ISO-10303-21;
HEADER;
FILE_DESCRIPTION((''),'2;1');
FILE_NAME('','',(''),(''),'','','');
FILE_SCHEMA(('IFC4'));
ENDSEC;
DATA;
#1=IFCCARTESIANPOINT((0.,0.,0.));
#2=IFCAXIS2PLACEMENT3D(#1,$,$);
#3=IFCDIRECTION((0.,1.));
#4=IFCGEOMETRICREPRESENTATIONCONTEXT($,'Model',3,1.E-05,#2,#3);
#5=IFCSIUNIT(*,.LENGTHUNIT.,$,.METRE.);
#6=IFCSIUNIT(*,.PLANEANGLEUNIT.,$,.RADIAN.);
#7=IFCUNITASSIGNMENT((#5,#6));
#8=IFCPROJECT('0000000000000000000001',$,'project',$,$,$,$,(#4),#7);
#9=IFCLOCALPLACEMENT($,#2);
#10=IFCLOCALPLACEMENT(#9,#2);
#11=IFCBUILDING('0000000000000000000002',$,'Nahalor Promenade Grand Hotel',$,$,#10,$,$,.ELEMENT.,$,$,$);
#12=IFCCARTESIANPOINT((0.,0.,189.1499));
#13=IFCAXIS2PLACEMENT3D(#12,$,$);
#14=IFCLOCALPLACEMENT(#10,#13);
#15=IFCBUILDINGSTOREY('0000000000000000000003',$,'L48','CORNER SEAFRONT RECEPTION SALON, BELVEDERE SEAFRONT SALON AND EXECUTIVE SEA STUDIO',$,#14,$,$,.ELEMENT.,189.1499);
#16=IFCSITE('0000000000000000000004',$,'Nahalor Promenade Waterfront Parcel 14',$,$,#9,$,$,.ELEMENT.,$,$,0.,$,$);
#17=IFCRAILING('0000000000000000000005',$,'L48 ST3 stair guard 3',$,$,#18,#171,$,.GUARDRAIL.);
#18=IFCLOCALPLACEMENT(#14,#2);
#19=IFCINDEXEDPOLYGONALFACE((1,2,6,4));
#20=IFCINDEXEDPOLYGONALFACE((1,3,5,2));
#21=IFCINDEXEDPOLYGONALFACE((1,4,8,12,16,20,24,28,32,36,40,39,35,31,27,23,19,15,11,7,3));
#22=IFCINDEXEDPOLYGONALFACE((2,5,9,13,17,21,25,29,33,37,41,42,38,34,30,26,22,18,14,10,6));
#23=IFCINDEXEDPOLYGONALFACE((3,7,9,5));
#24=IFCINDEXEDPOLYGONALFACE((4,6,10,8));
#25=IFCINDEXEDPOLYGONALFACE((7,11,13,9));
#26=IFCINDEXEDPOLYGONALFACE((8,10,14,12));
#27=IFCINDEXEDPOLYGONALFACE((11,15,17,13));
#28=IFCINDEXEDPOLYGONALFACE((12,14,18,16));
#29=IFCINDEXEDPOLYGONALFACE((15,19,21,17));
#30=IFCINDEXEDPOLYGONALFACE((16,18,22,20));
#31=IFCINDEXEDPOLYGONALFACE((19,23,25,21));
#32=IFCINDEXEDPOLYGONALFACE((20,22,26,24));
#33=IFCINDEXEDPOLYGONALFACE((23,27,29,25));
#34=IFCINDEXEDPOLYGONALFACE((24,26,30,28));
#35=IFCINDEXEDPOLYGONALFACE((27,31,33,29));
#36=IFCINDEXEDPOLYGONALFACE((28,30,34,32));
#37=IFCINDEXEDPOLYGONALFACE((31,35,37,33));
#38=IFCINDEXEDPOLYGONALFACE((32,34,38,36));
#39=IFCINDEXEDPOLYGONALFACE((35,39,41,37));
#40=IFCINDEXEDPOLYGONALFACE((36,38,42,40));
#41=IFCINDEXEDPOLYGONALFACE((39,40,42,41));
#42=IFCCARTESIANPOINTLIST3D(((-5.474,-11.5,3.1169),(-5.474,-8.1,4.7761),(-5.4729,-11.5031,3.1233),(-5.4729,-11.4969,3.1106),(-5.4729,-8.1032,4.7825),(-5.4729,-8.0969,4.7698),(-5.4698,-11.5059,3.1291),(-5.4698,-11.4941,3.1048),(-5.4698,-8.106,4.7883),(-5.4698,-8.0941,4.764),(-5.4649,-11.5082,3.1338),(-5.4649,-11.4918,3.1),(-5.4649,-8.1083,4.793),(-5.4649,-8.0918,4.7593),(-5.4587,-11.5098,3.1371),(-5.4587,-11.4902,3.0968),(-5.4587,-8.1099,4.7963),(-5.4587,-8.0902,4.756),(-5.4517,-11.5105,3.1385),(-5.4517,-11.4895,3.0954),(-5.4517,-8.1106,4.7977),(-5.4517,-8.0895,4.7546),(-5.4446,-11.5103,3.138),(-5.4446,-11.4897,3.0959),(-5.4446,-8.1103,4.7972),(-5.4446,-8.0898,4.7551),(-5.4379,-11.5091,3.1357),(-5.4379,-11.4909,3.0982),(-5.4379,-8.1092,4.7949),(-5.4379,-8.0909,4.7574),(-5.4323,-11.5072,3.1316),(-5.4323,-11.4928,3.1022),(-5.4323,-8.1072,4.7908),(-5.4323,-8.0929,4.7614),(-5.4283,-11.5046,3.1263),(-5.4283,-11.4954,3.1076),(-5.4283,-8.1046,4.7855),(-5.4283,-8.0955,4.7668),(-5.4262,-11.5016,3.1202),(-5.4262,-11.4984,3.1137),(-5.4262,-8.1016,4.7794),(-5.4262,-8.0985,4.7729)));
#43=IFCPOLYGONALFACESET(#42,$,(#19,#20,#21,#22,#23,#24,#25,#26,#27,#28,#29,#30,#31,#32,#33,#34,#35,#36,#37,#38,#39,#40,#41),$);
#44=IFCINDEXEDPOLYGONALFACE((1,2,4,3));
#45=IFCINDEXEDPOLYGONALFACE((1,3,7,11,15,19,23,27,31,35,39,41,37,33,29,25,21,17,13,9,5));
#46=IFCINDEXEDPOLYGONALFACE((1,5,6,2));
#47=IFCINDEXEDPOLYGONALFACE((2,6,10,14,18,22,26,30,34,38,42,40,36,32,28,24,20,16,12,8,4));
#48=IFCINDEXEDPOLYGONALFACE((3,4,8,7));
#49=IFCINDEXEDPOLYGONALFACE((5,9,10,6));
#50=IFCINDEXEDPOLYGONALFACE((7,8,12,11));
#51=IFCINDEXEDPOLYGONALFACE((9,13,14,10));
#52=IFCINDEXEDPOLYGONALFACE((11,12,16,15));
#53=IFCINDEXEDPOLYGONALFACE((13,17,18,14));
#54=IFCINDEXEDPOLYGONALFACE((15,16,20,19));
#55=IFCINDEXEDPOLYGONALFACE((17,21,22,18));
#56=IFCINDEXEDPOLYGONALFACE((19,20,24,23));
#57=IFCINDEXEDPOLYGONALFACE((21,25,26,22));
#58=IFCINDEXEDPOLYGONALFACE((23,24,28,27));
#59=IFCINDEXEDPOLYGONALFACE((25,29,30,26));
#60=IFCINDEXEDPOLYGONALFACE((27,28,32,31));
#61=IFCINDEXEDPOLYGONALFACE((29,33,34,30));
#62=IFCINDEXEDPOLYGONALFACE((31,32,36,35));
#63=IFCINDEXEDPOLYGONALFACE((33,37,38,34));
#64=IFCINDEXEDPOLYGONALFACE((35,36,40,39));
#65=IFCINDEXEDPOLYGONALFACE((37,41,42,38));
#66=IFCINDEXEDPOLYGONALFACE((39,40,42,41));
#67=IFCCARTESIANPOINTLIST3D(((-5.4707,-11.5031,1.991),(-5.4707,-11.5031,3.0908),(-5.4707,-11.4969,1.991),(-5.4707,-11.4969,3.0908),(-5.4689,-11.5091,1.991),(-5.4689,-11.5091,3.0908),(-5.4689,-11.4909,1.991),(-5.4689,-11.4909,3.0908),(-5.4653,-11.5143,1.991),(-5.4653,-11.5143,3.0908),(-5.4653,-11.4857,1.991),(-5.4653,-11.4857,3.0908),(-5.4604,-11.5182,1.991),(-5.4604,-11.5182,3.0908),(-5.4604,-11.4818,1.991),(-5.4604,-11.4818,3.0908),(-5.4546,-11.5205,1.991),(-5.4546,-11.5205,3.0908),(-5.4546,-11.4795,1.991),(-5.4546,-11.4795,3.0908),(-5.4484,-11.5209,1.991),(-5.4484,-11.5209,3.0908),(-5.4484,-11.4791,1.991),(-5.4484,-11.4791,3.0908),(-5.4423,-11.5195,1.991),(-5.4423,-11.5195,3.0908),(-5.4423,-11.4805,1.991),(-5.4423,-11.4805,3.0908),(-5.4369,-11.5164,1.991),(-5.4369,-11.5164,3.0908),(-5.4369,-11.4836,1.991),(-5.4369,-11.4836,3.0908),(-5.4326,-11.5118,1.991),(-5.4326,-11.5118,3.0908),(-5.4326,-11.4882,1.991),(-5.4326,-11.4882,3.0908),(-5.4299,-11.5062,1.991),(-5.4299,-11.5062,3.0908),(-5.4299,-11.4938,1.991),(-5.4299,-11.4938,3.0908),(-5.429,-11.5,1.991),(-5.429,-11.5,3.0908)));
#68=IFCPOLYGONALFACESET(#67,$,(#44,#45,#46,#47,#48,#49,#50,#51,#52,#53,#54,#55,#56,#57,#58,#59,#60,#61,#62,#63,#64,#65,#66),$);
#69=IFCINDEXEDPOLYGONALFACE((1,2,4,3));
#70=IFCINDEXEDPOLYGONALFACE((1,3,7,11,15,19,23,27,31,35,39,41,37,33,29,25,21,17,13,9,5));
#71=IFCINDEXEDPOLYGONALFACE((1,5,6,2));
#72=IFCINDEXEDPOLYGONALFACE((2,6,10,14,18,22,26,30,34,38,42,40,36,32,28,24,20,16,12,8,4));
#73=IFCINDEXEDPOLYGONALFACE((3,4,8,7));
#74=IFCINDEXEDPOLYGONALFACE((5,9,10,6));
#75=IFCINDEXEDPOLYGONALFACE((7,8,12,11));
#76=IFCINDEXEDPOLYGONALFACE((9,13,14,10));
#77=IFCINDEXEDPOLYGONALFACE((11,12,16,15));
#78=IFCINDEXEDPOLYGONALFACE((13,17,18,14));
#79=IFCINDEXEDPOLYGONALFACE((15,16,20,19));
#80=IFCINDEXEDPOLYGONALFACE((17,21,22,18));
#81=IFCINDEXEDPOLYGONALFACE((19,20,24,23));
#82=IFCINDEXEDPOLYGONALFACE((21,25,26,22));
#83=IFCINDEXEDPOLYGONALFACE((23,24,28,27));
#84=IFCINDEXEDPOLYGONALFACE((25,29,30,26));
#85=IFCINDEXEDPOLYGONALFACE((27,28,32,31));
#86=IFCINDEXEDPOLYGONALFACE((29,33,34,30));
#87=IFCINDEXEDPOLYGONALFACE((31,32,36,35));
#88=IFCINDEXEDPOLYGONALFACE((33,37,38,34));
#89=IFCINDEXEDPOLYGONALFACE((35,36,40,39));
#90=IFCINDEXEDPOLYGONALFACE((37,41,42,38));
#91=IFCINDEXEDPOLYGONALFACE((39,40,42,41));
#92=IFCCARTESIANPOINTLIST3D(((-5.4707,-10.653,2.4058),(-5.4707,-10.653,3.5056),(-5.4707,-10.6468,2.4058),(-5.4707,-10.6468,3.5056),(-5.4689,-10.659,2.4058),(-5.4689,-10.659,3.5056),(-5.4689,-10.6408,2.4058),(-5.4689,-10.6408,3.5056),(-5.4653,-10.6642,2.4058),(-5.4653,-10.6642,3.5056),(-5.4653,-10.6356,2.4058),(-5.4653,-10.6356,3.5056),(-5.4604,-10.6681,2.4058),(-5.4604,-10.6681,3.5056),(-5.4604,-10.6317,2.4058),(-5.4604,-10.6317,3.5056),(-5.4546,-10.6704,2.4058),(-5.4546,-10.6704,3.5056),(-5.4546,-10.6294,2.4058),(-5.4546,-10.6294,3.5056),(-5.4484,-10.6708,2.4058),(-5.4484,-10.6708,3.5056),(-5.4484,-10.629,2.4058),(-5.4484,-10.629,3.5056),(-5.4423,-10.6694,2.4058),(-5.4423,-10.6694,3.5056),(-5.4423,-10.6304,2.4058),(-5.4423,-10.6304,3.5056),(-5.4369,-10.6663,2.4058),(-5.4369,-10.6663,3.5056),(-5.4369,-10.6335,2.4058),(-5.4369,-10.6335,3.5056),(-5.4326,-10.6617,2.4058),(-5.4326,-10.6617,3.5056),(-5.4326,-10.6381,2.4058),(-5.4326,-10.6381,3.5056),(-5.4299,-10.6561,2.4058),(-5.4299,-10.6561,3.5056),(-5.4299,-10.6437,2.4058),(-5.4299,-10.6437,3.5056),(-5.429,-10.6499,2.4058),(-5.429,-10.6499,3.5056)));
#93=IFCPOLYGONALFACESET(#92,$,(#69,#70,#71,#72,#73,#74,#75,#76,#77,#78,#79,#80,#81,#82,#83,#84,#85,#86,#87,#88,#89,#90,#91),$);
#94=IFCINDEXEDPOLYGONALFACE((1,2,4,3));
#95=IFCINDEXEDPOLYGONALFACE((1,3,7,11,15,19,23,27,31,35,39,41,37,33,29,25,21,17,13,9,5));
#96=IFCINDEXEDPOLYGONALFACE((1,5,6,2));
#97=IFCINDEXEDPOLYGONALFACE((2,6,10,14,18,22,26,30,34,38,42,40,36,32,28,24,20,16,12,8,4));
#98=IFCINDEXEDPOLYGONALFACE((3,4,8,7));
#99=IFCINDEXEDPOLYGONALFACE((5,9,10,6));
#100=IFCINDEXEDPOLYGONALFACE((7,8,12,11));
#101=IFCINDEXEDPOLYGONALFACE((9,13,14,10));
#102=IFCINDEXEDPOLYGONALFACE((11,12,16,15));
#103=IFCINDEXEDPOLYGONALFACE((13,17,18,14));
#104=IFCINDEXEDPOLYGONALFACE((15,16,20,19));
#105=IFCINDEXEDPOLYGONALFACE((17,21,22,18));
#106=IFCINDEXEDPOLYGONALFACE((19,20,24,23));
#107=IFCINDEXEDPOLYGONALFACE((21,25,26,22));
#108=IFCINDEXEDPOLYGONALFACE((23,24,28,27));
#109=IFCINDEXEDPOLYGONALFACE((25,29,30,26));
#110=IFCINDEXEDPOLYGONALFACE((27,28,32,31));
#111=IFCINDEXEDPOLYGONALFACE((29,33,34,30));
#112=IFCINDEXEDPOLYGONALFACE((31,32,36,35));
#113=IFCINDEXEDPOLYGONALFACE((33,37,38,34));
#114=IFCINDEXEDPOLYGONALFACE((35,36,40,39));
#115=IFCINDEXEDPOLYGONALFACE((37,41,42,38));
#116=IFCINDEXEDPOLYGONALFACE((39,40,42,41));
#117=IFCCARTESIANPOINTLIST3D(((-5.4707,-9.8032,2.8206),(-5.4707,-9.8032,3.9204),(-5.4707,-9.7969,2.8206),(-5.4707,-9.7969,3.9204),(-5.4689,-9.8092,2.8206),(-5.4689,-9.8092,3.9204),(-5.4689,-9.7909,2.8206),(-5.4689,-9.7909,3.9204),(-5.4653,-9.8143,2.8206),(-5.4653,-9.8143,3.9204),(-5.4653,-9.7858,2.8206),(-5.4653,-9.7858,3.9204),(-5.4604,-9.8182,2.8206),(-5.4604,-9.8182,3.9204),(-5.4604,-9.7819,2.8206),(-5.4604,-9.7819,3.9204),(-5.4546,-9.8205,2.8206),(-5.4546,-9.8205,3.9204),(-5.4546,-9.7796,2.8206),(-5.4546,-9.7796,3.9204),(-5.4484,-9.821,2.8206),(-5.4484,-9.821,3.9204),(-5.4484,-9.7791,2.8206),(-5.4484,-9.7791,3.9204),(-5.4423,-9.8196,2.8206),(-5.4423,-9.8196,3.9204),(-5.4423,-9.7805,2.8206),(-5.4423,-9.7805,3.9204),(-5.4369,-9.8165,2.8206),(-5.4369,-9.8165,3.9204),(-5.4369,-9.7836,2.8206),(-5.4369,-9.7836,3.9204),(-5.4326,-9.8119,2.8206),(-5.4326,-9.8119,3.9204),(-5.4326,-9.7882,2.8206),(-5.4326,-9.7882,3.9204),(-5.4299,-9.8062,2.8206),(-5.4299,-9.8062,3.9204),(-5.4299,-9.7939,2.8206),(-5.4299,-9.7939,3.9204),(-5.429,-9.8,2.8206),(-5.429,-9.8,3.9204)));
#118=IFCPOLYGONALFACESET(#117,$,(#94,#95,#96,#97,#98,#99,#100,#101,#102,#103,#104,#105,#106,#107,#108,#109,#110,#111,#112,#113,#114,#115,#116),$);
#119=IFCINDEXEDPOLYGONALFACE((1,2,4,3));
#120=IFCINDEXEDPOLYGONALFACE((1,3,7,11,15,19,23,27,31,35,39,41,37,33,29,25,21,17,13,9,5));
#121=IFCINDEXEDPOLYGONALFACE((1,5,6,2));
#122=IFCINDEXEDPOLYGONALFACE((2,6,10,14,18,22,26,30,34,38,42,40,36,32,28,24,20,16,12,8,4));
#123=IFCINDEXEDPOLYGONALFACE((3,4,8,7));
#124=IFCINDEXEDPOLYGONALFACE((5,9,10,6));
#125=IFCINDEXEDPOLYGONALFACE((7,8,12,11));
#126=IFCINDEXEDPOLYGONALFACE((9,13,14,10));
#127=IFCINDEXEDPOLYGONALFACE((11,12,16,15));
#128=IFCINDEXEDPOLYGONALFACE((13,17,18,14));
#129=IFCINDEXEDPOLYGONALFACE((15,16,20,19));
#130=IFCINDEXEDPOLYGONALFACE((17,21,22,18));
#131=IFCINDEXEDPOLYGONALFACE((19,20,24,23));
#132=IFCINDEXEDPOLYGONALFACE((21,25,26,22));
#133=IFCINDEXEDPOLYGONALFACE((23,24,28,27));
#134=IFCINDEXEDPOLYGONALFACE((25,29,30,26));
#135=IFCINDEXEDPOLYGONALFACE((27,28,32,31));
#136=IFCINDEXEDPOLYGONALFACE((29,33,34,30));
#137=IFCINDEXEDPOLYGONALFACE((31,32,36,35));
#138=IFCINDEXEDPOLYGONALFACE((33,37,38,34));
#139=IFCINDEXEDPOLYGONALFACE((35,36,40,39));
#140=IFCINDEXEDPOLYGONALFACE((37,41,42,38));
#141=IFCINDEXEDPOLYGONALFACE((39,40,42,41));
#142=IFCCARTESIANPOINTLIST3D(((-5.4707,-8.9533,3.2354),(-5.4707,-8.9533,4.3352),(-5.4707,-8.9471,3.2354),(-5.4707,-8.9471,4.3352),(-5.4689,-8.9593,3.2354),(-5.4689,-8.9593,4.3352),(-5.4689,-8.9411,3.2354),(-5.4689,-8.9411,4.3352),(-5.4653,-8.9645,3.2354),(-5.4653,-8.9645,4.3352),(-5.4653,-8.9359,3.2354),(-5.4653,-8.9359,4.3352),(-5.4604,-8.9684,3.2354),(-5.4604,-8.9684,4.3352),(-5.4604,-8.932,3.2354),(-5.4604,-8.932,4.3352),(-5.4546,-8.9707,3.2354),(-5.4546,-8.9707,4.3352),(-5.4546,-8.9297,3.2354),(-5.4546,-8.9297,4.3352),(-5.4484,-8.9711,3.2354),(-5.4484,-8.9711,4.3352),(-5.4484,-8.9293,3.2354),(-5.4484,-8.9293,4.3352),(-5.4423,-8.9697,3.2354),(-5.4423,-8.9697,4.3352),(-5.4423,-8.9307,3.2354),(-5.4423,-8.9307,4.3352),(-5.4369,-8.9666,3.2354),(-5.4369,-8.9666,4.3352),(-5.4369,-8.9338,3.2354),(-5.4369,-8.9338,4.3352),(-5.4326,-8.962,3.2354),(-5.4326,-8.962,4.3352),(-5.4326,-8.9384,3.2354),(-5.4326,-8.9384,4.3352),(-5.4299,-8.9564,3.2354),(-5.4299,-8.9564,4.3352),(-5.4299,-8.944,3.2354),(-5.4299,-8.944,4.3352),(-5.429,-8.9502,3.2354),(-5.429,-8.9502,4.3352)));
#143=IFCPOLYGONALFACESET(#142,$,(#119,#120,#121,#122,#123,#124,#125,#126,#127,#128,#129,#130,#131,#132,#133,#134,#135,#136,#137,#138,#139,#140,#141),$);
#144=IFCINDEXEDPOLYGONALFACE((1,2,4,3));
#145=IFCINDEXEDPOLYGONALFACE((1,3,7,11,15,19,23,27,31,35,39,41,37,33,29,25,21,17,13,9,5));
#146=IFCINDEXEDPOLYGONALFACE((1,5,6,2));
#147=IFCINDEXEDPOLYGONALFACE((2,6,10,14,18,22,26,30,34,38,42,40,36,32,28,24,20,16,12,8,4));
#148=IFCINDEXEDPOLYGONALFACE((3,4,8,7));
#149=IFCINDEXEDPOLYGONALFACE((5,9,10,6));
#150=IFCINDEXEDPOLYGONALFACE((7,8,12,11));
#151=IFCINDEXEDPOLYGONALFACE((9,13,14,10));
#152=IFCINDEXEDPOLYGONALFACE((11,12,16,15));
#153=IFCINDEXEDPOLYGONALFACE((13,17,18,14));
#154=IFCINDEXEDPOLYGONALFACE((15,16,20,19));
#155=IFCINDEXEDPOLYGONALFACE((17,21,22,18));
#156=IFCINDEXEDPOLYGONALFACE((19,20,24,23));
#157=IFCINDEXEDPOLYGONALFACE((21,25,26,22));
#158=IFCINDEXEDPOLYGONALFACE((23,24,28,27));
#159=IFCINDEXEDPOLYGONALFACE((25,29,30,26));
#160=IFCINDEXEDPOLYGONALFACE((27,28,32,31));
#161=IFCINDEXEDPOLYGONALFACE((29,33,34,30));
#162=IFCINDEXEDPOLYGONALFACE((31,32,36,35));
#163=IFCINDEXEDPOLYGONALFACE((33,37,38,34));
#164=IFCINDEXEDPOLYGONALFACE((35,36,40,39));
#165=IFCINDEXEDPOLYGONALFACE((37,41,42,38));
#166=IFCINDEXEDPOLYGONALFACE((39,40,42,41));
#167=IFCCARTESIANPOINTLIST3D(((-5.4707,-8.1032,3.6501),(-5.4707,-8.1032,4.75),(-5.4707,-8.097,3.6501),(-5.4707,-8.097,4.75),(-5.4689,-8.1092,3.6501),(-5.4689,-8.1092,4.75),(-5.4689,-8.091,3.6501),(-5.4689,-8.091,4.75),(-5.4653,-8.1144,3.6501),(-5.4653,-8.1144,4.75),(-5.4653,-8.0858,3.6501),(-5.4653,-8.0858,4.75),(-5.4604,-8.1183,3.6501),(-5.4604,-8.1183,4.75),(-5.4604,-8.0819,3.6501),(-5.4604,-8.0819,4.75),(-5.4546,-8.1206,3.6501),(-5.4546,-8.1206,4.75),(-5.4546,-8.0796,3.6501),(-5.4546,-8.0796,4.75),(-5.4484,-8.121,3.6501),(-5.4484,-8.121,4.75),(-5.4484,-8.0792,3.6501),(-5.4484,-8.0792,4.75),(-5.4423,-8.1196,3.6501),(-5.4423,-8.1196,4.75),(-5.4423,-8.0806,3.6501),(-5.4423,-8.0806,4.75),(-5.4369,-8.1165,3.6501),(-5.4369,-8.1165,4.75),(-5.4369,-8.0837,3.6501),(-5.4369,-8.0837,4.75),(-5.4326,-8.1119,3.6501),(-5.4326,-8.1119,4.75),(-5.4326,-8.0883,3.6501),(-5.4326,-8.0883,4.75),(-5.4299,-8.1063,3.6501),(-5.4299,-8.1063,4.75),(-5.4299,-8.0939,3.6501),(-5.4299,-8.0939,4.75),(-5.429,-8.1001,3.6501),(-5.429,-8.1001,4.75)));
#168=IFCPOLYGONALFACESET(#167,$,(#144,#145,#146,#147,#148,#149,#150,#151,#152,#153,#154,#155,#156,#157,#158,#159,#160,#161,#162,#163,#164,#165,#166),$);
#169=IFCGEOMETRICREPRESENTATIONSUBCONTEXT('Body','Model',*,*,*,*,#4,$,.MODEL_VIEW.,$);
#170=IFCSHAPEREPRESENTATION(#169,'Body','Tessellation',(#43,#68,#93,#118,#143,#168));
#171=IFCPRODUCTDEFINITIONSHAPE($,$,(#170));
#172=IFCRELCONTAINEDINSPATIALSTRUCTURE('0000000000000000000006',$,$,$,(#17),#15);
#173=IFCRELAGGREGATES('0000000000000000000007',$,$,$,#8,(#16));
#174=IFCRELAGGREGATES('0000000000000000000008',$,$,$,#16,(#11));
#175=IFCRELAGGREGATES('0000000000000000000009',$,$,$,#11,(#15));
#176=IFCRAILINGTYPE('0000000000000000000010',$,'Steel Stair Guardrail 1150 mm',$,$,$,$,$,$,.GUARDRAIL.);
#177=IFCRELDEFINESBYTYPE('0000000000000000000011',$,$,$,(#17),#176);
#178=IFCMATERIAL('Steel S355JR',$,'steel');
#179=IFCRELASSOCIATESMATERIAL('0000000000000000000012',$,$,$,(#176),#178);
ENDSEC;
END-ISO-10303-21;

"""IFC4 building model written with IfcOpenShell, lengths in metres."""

from ifc_helpers import new_model, si_unit, direction, frame, origin, origin_2d, place, context, subcontext, project, spatial, circle, extrude, material, type_object, element, save


model = new_model("IFC4")

# Units and contexts
model_context = context("Model", 3, precision=1e-05, world=origin(), true_north=direction((0.0, 1.0)))
body_context = subcontext(model_context, "Body", "Model", "MODEL_VIEW")
ifc_project = project(units=[si_unit("LENGTHUNIT", "METRE"), si_unit("PLANEANGLEUNIT", "RADIAN")], contexts=[model_context])

# Site, building, storey
site_placement = place(None, origin())
site = spatial("IfcSite", under=ifc_project, at=site_placement, Name="Nahalor Promenade Waterfront Parcel 14", CompositionType="ELEMENT", RefElevation=0.0)
building_placement = place(site_placement, origin())
building = spatial("IfcBuilding", under=site, at=building_placement, Name="Nahalor Promenade Grand Hotel", CompositionType="ELEMENT")
storey_placement = place(building_placement, frame((0.0, 0.0, 189.1499)))
storey = spatial("IfcBuildingStorey", under=building, at=storey_placement, Name="L48", Description="CORNER SEAFRONT RECEPTION SALON, BELVEDERE SEAFRONT SALON AND EXECUTIVE SEA STUDIO", CompositionType="ELEMENT", Elevation=189.1499)

# Shared definitions
ifc_material_1 = material(Name="Steel S355JR", Category="steel")

# Railing
railing_type_1 = type_object("IfcRailingType", Name="Steel Stair Guardrail 1150 mm", PredefinedType="GUARDRAIL", material=ifc_material_1)
railing_1_placement = place(storey_placement, frame((-5.45, -11.5, 1.991)))
element("IfcRailing", 1, at=railing_1_placement, inside=storey, type_object=railing_type_1, Name="L48 ST3 stair guard 3", PredefinedType="GUARDRAIL", context=body_context, shape_type="SweptSolid", body=[
    extrude(circle(Radius=0.024, at=origin_2d()), frame((0.0, 0.0, 1.126), z_axis=(0.0, 0.898696, 0.438571), x_axis=(-1.0, 0.0, 0.0)), (0.0, 0.0, 1.0), 3.7832),
    extrude(circle(Radius=0.021, at=origin_2d()), origin(), (0.0, 0.0, 1.0), 1.0999),
    extrude(circle(Radius=0.021, at=origin_2d()), frame((0.0, 0.8501, 0.4148)), (0.0, 0.0, 1.0), 1.0999),
    extrude(circle(Radius=0.021, at=origin_2d()), frame((0.0, 1.7, 0.8296)), (0.0, 0.0, 1.0), 1.0999),
    extrude(circle(Radius=0.021, at=origin_2d()), frame((0.0, 2.5498, 1.2444)), (0.0, 0.0, 1.0), 1.0999),
    extrude(circle(Radius=0.021, at=origin_2d()), frame((0.0, 3.3999, 1.6592)), (0.0, 0.0, 1.0), 1.0999),
])

save(model, "model.ifc")
